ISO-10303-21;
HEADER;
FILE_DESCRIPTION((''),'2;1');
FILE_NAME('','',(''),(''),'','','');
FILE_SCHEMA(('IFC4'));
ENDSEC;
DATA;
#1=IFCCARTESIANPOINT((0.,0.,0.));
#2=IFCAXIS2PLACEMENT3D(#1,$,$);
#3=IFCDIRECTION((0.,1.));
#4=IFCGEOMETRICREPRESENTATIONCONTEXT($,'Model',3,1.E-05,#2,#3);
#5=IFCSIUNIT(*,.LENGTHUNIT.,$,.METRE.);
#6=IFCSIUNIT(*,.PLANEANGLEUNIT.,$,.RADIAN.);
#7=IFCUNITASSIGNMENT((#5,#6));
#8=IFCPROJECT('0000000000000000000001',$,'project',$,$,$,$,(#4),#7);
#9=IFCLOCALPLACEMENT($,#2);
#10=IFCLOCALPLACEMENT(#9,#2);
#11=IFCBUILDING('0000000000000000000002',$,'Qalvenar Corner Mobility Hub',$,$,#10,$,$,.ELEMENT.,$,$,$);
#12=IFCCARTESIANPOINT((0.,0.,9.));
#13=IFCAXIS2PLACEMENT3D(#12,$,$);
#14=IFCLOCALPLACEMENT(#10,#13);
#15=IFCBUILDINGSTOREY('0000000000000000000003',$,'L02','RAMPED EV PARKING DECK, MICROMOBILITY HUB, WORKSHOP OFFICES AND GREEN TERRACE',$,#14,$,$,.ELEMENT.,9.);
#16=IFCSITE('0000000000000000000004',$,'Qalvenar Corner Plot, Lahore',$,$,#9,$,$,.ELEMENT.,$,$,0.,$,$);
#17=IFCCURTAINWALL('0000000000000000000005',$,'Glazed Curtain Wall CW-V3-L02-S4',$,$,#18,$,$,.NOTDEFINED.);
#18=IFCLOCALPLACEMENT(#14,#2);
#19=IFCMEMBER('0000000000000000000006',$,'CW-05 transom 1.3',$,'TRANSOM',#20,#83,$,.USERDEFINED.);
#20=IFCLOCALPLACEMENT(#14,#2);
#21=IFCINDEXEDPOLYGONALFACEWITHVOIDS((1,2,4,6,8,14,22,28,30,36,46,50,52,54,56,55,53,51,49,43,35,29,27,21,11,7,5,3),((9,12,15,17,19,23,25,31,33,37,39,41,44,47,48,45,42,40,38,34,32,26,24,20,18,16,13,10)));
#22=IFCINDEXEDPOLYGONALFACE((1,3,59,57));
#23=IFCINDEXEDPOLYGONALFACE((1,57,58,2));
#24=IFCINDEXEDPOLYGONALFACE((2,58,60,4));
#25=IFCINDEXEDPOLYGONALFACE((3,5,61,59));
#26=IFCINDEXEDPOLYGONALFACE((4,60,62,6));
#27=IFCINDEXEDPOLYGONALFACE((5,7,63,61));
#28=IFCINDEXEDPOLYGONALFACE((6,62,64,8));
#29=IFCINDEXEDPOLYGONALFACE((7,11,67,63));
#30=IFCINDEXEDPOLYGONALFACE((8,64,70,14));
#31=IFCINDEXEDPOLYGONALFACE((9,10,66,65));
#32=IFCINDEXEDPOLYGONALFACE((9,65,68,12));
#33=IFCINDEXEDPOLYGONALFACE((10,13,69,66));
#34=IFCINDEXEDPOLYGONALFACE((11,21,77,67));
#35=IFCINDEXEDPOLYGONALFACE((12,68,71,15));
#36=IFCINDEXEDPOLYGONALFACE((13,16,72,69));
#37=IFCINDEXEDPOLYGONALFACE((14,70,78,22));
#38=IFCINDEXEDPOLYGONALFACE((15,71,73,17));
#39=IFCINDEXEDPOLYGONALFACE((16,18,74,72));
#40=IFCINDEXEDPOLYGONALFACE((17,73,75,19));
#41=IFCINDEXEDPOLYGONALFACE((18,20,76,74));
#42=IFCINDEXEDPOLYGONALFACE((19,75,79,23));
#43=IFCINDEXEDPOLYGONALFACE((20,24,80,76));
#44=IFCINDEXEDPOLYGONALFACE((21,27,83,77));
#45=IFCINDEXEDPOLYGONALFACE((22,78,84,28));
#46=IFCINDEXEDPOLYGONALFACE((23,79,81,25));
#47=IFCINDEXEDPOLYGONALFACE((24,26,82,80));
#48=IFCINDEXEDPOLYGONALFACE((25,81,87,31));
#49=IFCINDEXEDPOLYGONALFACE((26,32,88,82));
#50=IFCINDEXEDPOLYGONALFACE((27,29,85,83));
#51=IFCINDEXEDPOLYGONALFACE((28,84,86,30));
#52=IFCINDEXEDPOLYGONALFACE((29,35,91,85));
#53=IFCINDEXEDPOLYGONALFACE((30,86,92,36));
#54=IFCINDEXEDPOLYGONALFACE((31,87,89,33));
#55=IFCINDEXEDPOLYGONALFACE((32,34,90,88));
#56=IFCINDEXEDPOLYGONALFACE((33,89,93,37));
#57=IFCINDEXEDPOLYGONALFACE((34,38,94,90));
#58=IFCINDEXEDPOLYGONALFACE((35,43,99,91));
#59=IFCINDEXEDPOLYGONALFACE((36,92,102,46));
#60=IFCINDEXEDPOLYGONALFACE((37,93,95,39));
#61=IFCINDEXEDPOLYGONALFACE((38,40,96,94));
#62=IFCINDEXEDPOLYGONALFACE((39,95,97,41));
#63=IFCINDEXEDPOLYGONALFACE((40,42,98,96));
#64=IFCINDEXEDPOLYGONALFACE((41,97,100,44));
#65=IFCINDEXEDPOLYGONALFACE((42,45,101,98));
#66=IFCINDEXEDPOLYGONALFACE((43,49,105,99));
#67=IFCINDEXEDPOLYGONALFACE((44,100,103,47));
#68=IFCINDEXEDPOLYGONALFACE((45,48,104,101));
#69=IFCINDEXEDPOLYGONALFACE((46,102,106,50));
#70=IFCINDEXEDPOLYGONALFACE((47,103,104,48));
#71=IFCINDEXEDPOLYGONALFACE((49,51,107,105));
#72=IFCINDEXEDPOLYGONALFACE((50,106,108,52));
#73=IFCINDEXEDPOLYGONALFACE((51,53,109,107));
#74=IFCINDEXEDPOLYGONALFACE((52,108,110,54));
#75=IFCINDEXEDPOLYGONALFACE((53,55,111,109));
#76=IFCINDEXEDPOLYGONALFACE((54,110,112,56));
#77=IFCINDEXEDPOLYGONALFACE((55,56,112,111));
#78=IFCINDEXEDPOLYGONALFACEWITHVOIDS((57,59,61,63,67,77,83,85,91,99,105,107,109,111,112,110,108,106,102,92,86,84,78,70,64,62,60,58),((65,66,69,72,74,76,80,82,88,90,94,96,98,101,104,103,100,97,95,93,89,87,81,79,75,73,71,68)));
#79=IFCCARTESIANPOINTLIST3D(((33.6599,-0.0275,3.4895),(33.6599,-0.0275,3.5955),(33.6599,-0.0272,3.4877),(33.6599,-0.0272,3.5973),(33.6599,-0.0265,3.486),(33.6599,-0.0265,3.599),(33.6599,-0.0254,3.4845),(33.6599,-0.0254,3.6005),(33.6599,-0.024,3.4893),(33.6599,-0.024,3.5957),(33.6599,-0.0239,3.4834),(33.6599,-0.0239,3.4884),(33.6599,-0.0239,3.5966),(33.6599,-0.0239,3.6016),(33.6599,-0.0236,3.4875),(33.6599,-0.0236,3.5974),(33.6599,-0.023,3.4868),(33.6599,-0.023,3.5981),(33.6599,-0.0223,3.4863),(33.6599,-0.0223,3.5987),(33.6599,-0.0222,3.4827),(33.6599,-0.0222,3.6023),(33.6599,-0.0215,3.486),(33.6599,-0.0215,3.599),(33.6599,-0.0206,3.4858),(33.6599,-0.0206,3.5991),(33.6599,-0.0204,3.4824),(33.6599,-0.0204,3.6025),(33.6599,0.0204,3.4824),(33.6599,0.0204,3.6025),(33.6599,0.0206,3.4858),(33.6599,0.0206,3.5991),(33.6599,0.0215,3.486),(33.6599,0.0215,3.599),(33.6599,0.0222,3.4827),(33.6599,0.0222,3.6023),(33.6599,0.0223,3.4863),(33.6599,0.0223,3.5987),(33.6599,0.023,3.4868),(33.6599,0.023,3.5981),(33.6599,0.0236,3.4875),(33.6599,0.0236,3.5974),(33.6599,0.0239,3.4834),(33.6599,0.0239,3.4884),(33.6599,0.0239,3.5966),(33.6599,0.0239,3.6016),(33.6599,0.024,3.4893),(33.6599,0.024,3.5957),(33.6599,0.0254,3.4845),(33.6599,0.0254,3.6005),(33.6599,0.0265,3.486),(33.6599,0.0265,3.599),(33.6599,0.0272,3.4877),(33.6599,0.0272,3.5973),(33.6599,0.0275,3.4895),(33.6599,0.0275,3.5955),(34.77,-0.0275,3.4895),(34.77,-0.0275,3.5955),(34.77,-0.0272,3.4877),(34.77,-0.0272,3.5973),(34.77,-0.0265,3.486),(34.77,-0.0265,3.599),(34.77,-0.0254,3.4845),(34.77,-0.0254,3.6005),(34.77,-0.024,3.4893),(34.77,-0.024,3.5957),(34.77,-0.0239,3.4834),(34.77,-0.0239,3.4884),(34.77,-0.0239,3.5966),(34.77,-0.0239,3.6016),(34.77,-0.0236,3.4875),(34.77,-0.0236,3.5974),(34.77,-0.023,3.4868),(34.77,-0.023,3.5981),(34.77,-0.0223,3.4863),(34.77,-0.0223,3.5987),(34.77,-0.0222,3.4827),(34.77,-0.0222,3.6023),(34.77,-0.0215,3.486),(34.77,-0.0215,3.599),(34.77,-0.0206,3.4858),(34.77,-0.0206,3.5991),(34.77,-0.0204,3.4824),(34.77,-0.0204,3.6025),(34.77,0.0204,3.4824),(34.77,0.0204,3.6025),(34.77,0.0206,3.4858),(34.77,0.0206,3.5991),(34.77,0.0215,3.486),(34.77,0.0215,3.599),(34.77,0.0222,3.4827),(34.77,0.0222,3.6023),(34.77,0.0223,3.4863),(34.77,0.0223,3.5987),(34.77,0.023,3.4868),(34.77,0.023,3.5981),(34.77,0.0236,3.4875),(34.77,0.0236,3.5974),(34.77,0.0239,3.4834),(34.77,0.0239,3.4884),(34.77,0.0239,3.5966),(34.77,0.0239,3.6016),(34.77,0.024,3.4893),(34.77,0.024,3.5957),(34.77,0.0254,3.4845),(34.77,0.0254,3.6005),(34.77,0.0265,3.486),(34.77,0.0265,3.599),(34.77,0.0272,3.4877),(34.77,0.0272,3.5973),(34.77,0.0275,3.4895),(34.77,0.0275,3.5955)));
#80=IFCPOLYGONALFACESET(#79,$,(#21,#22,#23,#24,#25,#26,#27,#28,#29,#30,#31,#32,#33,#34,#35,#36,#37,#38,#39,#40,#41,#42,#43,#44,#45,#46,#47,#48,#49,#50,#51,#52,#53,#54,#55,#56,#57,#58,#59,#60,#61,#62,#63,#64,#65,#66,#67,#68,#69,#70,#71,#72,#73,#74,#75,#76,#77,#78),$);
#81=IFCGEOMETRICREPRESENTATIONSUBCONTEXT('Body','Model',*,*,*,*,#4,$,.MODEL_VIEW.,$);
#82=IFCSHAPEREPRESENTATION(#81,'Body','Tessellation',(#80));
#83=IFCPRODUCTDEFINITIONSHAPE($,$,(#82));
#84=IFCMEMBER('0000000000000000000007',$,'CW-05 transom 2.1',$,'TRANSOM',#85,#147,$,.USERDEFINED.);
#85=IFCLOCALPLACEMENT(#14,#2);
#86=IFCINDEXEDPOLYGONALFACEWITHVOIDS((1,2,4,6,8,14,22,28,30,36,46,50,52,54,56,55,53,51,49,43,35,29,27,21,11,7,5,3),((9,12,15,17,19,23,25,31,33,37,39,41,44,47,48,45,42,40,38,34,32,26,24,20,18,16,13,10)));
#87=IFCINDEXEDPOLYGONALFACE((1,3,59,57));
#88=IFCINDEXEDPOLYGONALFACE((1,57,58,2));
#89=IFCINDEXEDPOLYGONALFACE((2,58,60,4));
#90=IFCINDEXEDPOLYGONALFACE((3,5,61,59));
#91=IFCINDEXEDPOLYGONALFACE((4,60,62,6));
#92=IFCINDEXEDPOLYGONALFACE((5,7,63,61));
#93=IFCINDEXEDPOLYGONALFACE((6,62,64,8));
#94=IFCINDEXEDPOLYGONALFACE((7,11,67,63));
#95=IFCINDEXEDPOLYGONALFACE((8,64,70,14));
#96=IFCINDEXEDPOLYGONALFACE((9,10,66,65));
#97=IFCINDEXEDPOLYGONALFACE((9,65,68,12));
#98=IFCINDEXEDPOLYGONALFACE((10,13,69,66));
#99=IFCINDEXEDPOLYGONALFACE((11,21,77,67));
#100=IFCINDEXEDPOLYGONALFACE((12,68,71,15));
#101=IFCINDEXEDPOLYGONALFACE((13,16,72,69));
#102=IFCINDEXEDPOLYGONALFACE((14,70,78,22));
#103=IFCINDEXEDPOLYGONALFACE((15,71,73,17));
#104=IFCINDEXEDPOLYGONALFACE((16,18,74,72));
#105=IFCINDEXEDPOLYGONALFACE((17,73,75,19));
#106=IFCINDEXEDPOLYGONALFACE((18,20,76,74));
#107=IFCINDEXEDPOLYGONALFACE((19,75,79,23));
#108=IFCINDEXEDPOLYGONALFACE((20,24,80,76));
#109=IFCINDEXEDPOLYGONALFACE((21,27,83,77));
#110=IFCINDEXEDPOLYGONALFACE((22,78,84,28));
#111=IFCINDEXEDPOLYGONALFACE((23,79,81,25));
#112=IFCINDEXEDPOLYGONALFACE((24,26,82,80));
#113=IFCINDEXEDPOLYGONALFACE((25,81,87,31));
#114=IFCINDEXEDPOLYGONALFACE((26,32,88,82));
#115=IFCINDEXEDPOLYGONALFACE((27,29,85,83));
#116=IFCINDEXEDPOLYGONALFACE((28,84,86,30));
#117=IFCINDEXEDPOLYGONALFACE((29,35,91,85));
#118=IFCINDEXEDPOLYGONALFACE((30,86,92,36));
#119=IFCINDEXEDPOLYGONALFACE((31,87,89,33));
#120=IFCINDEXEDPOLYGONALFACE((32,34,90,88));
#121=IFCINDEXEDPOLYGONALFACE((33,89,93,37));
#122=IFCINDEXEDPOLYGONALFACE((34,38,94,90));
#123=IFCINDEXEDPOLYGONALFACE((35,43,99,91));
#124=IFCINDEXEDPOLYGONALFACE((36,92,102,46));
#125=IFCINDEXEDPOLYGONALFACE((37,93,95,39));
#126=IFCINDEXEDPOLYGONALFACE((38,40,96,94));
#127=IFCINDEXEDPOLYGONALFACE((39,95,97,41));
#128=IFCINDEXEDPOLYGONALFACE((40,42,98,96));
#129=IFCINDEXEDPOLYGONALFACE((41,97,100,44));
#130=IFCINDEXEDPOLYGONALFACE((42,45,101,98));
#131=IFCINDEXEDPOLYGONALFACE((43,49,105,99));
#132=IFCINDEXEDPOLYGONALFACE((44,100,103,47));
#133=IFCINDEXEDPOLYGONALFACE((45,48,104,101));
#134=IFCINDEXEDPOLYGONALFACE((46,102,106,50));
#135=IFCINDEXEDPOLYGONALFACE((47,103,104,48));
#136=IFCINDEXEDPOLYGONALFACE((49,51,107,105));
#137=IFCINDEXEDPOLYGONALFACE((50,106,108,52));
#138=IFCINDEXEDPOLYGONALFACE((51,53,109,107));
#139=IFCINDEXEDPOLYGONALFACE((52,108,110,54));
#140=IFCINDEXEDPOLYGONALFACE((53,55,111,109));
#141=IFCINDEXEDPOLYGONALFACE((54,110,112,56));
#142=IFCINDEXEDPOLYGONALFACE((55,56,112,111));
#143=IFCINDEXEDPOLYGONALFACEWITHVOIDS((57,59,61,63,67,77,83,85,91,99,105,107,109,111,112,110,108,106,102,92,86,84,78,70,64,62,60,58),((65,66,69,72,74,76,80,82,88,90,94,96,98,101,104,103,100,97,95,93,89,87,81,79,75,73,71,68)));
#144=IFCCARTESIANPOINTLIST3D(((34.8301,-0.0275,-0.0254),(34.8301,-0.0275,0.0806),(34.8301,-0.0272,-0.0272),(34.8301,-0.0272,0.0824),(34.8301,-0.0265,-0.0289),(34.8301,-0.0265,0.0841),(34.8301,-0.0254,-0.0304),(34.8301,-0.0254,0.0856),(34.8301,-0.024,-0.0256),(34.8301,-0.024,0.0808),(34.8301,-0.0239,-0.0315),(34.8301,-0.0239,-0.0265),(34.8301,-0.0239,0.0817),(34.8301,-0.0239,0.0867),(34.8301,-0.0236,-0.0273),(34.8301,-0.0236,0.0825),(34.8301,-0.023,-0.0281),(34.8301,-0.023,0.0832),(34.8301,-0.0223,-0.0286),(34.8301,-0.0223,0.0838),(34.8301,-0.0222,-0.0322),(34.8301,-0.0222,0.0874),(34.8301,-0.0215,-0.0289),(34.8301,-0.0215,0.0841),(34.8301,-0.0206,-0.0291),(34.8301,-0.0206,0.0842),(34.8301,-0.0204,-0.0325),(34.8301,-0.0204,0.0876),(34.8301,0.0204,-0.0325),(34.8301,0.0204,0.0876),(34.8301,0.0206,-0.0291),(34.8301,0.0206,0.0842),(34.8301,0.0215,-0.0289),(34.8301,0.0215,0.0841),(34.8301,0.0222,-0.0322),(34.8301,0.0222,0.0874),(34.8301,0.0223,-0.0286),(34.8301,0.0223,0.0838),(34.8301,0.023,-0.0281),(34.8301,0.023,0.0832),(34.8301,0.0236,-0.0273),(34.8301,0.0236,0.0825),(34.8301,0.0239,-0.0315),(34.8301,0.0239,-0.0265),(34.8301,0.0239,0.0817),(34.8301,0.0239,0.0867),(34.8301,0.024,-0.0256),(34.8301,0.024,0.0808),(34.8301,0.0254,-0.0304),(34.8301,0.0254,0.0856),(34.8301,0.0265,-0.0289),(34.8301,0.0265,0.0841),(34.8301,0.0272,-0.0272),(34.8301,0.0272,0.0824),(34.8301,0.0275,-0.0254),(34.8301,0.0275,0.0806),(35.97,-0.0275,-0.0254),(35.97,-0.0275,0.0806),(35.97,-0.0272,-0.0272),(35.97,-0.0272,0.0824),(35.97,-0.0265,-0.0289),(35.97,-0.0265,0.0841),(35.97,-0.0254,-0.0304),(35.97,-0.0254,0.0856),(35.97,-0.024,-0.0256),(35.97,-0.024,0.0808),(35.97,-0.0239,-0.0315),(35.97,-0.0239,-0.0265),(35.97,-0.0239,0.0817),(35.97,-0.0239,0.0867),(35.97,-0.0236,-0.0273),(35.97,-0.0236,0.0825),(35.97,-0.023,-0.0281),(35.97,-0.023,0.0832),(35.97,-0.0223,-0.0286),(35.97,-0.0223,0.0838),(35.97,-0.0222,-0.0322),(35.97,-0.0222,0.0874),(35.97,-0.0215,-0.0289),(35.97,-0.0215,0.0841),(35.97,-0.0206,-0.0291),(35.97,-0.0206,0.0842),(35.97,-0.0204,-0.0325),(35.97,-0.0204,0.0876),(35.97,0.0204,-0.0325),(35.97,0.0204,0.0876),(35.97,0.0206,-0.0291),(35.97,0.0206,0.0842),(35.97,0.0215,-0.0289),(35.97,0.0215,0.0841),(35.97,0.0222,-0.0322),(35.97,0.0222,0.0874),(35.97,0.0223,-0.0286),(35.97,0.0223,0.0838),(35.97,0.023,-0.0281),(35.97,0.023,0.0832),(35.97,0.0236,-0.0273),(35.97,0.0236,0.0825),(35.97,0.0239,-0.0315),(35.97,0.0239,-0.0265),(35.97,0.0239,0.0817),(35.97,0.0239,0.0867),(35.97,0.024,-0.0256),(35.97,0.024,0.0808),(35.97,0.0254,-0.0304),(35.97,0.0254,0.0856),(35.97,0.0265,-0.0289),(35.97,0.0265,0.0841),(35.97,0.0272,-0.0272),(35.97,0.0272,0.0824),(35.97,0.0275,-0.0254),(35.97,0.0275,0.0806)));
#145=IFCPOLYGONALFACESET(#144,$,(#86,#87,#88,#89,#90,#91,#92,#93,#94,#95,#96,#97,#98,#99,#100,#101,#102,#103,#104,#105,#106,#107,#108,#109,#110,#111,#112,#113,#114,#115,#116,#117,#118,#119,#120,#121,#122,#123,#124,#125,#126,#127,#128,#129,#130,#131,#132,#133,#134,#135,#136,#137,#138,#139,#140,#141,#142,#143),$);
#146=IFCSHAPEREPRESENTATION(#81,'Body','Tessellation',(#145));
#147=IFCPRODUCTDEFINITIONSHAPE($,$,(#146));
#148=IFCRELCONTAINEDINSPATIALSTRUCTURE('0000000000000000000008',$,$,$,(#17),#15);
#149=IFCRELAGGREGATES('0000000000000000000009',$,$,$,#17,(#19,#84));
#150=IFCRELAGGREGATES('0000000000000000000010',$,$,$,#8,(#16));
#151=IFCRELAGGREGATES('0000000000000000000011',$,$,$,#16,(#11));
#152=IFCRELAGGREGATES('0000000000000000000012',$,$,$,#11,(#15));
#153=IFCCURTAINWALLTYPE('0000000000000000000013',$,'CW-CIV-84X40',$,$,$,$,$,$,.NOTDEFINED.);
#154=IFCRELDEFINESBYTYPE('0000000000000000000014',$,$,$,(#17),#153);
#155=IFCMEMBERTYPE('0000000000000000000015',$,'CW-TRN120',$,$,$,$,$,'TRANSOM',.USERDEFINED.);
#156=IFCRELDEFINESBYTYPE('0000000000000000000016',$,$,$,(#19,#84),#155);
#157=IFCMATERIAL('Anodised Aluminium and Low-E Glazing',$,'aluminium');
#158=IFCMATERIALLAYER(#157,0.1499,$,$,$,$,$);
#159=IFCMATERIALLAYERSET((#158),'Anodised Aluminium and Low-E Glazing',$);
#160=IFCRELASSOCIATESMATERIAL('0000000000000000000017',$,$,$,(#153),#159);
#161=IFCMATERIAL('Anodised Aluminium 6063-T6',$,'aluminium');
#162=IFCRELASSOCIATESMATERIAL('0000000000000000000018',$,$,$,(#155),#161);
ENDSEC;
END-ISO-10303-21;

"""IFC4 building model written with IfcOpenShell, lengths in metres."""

from ifc_helpers import new_model, si_unit, direction, frame, origin, origin_2d, place, context, subcontext, project, spatial, hollow_rectangle, extrude, material, layer, layer_set, material_profile, profile_set, type_object, element, aggregate, save


model = new_model("IFC4")

# Units and contexts
model_context = context("Model", 3, precision=1e-05, world=origin(), true_north=direction((0.0, 1.0)))
body_context = subcontext(model_context, "Body", "Model", "MODEL_VIEW")
ifc_project = project(units=[si_unit("LENGTHUNIT", "METRE"), si_unit("PLANEANGLEUNIT", "RADIAN")], contexts=[model_context])

# Site, building, storey
site_placement = place(None, origin())
site = spatial("IfcSite", under=ifc_project, at=site_placement, Name="Qalvenar Corner Plot, Lahore", CompositionType="ELEMENT", RefElevation=0.0)
building_placement = place(site_placement, origin())
building = spatial("IfcBuilding", under=site, at=building_placement, Name="Qalvenar Corner Mobility Hub", CompositionType="ELEMENT")
storey_placement = place(building_placement, frame((0.0, 0.0, 9.0)))
storey = spatial("IfcBuildingStorey", under=building, at=storey_placement, Name="L02", Description="RAMPED EV PARKING DECK, MICROMOBILITY HUB, WORKSHOP OFFICES AND GREEN TERRACE", CompositionType="ELEMENT", Elevation=9.0)

# Curtain wall, members
ifc_material_1 = material(Name="Anodised Aluminium and Low-E Glazing", Category="aluminium")
ifc_layer_1 = layer(ifc_material_1, 0.1499)
ifc_layer_set_1 = layer_set([ifc_layer_1], Name="Anodised Aluminium and Low-E Glazing")
curtain_wall_type = type_object("IfcCurtainWallType", Name="CW-CIV-84X40", PredefinedType="NOTDEFINED", material=ifc_layer_set_1)
curtain_wall_placement = place(storey_placement, origin())
curtain_wall = element("IfcCurtainWall", 1, at=curtain_wall_placement, inside=storey, type_object=curtain_wall_type, Name="Glazed Curtain Wall CW-V3-L02-S4", PredefinedType="NOTDEFINED")
ifc_material_2 = material(Name="Anodised Aluminium 6063-T6", Category="aluminium")
ifc_material_profile_1 = material_profile(ifc_material_2, hollow_rectangle(XDim=0.0549, YDim=0.1201, WallThickness=0.0034, InnerFilletRadius=0.0034, OuterFilletRadius=0.0071, at=origin_2d()), Name="RHS120x55x3.5")
ifc_profile_set_1 = profile_set([ifc_material_profile_1], Name="Anodised Aluminium 6063-T6")
member_type_1 = type_object("IfcMemberType", Name="CW-TRN120", ElementType="TRANSOM", PredefinedType="USERDEFINED", material=ifc_profile_set_1)
member_1_placement = place(storey_placement, frame((33.6599, 0.0, 3.5425), z_axis=(1.0, 0.0, 0.0), x_axis=(0.0, 1.0, 0.0)))
member_1 = element("IfcMember", 2, at=member_1_placement, type_object=member_type_1, Name="CW-05 transom 1.3", ObjectType="TRANSOM", PredefinedType="USERDEFINED", context=body_context, shape_type="SweptSolid", body=[
    extrude(hollow_rectangle(XDim=0.0549, YDim=0.1201, WallThickness=0.0034, InnerFilletRadius=0.0034, OuterFilletRadius=0.0071, at=origin_2d()), origin(), (0.0, 0.0, 1.0), 1.1101),
])
member_2_placement = place(storey_placement, frame((34.8301, 0.0, 0.0276), z_axis=(1.0, 0.0, 0.0), x_axis=(0.0, 1.0, 0.0)))
member_2 = element("IfcMember", 3, at=member_2_placement, type_object=member_type_1, Name="CW-05 transom 2.1", ObjectType="TRANSOM", PredefinedType="USERDEFINED", context=body_context, shape_type="SweptSolid", body=[
    extrude(hollow_rectangle(XDim=0.0549, YDim=0.1201, WallThickness=0.0034, InnerFilletRadius=0.0034, OuterFilletRadius=0.0071, at=origin_2d()), origin(), (0.0, 0.0, 1.0), 1.1399),
])
aggregate(curtain_wall, [member_1, member_2])

save(model, "model.ifc")
